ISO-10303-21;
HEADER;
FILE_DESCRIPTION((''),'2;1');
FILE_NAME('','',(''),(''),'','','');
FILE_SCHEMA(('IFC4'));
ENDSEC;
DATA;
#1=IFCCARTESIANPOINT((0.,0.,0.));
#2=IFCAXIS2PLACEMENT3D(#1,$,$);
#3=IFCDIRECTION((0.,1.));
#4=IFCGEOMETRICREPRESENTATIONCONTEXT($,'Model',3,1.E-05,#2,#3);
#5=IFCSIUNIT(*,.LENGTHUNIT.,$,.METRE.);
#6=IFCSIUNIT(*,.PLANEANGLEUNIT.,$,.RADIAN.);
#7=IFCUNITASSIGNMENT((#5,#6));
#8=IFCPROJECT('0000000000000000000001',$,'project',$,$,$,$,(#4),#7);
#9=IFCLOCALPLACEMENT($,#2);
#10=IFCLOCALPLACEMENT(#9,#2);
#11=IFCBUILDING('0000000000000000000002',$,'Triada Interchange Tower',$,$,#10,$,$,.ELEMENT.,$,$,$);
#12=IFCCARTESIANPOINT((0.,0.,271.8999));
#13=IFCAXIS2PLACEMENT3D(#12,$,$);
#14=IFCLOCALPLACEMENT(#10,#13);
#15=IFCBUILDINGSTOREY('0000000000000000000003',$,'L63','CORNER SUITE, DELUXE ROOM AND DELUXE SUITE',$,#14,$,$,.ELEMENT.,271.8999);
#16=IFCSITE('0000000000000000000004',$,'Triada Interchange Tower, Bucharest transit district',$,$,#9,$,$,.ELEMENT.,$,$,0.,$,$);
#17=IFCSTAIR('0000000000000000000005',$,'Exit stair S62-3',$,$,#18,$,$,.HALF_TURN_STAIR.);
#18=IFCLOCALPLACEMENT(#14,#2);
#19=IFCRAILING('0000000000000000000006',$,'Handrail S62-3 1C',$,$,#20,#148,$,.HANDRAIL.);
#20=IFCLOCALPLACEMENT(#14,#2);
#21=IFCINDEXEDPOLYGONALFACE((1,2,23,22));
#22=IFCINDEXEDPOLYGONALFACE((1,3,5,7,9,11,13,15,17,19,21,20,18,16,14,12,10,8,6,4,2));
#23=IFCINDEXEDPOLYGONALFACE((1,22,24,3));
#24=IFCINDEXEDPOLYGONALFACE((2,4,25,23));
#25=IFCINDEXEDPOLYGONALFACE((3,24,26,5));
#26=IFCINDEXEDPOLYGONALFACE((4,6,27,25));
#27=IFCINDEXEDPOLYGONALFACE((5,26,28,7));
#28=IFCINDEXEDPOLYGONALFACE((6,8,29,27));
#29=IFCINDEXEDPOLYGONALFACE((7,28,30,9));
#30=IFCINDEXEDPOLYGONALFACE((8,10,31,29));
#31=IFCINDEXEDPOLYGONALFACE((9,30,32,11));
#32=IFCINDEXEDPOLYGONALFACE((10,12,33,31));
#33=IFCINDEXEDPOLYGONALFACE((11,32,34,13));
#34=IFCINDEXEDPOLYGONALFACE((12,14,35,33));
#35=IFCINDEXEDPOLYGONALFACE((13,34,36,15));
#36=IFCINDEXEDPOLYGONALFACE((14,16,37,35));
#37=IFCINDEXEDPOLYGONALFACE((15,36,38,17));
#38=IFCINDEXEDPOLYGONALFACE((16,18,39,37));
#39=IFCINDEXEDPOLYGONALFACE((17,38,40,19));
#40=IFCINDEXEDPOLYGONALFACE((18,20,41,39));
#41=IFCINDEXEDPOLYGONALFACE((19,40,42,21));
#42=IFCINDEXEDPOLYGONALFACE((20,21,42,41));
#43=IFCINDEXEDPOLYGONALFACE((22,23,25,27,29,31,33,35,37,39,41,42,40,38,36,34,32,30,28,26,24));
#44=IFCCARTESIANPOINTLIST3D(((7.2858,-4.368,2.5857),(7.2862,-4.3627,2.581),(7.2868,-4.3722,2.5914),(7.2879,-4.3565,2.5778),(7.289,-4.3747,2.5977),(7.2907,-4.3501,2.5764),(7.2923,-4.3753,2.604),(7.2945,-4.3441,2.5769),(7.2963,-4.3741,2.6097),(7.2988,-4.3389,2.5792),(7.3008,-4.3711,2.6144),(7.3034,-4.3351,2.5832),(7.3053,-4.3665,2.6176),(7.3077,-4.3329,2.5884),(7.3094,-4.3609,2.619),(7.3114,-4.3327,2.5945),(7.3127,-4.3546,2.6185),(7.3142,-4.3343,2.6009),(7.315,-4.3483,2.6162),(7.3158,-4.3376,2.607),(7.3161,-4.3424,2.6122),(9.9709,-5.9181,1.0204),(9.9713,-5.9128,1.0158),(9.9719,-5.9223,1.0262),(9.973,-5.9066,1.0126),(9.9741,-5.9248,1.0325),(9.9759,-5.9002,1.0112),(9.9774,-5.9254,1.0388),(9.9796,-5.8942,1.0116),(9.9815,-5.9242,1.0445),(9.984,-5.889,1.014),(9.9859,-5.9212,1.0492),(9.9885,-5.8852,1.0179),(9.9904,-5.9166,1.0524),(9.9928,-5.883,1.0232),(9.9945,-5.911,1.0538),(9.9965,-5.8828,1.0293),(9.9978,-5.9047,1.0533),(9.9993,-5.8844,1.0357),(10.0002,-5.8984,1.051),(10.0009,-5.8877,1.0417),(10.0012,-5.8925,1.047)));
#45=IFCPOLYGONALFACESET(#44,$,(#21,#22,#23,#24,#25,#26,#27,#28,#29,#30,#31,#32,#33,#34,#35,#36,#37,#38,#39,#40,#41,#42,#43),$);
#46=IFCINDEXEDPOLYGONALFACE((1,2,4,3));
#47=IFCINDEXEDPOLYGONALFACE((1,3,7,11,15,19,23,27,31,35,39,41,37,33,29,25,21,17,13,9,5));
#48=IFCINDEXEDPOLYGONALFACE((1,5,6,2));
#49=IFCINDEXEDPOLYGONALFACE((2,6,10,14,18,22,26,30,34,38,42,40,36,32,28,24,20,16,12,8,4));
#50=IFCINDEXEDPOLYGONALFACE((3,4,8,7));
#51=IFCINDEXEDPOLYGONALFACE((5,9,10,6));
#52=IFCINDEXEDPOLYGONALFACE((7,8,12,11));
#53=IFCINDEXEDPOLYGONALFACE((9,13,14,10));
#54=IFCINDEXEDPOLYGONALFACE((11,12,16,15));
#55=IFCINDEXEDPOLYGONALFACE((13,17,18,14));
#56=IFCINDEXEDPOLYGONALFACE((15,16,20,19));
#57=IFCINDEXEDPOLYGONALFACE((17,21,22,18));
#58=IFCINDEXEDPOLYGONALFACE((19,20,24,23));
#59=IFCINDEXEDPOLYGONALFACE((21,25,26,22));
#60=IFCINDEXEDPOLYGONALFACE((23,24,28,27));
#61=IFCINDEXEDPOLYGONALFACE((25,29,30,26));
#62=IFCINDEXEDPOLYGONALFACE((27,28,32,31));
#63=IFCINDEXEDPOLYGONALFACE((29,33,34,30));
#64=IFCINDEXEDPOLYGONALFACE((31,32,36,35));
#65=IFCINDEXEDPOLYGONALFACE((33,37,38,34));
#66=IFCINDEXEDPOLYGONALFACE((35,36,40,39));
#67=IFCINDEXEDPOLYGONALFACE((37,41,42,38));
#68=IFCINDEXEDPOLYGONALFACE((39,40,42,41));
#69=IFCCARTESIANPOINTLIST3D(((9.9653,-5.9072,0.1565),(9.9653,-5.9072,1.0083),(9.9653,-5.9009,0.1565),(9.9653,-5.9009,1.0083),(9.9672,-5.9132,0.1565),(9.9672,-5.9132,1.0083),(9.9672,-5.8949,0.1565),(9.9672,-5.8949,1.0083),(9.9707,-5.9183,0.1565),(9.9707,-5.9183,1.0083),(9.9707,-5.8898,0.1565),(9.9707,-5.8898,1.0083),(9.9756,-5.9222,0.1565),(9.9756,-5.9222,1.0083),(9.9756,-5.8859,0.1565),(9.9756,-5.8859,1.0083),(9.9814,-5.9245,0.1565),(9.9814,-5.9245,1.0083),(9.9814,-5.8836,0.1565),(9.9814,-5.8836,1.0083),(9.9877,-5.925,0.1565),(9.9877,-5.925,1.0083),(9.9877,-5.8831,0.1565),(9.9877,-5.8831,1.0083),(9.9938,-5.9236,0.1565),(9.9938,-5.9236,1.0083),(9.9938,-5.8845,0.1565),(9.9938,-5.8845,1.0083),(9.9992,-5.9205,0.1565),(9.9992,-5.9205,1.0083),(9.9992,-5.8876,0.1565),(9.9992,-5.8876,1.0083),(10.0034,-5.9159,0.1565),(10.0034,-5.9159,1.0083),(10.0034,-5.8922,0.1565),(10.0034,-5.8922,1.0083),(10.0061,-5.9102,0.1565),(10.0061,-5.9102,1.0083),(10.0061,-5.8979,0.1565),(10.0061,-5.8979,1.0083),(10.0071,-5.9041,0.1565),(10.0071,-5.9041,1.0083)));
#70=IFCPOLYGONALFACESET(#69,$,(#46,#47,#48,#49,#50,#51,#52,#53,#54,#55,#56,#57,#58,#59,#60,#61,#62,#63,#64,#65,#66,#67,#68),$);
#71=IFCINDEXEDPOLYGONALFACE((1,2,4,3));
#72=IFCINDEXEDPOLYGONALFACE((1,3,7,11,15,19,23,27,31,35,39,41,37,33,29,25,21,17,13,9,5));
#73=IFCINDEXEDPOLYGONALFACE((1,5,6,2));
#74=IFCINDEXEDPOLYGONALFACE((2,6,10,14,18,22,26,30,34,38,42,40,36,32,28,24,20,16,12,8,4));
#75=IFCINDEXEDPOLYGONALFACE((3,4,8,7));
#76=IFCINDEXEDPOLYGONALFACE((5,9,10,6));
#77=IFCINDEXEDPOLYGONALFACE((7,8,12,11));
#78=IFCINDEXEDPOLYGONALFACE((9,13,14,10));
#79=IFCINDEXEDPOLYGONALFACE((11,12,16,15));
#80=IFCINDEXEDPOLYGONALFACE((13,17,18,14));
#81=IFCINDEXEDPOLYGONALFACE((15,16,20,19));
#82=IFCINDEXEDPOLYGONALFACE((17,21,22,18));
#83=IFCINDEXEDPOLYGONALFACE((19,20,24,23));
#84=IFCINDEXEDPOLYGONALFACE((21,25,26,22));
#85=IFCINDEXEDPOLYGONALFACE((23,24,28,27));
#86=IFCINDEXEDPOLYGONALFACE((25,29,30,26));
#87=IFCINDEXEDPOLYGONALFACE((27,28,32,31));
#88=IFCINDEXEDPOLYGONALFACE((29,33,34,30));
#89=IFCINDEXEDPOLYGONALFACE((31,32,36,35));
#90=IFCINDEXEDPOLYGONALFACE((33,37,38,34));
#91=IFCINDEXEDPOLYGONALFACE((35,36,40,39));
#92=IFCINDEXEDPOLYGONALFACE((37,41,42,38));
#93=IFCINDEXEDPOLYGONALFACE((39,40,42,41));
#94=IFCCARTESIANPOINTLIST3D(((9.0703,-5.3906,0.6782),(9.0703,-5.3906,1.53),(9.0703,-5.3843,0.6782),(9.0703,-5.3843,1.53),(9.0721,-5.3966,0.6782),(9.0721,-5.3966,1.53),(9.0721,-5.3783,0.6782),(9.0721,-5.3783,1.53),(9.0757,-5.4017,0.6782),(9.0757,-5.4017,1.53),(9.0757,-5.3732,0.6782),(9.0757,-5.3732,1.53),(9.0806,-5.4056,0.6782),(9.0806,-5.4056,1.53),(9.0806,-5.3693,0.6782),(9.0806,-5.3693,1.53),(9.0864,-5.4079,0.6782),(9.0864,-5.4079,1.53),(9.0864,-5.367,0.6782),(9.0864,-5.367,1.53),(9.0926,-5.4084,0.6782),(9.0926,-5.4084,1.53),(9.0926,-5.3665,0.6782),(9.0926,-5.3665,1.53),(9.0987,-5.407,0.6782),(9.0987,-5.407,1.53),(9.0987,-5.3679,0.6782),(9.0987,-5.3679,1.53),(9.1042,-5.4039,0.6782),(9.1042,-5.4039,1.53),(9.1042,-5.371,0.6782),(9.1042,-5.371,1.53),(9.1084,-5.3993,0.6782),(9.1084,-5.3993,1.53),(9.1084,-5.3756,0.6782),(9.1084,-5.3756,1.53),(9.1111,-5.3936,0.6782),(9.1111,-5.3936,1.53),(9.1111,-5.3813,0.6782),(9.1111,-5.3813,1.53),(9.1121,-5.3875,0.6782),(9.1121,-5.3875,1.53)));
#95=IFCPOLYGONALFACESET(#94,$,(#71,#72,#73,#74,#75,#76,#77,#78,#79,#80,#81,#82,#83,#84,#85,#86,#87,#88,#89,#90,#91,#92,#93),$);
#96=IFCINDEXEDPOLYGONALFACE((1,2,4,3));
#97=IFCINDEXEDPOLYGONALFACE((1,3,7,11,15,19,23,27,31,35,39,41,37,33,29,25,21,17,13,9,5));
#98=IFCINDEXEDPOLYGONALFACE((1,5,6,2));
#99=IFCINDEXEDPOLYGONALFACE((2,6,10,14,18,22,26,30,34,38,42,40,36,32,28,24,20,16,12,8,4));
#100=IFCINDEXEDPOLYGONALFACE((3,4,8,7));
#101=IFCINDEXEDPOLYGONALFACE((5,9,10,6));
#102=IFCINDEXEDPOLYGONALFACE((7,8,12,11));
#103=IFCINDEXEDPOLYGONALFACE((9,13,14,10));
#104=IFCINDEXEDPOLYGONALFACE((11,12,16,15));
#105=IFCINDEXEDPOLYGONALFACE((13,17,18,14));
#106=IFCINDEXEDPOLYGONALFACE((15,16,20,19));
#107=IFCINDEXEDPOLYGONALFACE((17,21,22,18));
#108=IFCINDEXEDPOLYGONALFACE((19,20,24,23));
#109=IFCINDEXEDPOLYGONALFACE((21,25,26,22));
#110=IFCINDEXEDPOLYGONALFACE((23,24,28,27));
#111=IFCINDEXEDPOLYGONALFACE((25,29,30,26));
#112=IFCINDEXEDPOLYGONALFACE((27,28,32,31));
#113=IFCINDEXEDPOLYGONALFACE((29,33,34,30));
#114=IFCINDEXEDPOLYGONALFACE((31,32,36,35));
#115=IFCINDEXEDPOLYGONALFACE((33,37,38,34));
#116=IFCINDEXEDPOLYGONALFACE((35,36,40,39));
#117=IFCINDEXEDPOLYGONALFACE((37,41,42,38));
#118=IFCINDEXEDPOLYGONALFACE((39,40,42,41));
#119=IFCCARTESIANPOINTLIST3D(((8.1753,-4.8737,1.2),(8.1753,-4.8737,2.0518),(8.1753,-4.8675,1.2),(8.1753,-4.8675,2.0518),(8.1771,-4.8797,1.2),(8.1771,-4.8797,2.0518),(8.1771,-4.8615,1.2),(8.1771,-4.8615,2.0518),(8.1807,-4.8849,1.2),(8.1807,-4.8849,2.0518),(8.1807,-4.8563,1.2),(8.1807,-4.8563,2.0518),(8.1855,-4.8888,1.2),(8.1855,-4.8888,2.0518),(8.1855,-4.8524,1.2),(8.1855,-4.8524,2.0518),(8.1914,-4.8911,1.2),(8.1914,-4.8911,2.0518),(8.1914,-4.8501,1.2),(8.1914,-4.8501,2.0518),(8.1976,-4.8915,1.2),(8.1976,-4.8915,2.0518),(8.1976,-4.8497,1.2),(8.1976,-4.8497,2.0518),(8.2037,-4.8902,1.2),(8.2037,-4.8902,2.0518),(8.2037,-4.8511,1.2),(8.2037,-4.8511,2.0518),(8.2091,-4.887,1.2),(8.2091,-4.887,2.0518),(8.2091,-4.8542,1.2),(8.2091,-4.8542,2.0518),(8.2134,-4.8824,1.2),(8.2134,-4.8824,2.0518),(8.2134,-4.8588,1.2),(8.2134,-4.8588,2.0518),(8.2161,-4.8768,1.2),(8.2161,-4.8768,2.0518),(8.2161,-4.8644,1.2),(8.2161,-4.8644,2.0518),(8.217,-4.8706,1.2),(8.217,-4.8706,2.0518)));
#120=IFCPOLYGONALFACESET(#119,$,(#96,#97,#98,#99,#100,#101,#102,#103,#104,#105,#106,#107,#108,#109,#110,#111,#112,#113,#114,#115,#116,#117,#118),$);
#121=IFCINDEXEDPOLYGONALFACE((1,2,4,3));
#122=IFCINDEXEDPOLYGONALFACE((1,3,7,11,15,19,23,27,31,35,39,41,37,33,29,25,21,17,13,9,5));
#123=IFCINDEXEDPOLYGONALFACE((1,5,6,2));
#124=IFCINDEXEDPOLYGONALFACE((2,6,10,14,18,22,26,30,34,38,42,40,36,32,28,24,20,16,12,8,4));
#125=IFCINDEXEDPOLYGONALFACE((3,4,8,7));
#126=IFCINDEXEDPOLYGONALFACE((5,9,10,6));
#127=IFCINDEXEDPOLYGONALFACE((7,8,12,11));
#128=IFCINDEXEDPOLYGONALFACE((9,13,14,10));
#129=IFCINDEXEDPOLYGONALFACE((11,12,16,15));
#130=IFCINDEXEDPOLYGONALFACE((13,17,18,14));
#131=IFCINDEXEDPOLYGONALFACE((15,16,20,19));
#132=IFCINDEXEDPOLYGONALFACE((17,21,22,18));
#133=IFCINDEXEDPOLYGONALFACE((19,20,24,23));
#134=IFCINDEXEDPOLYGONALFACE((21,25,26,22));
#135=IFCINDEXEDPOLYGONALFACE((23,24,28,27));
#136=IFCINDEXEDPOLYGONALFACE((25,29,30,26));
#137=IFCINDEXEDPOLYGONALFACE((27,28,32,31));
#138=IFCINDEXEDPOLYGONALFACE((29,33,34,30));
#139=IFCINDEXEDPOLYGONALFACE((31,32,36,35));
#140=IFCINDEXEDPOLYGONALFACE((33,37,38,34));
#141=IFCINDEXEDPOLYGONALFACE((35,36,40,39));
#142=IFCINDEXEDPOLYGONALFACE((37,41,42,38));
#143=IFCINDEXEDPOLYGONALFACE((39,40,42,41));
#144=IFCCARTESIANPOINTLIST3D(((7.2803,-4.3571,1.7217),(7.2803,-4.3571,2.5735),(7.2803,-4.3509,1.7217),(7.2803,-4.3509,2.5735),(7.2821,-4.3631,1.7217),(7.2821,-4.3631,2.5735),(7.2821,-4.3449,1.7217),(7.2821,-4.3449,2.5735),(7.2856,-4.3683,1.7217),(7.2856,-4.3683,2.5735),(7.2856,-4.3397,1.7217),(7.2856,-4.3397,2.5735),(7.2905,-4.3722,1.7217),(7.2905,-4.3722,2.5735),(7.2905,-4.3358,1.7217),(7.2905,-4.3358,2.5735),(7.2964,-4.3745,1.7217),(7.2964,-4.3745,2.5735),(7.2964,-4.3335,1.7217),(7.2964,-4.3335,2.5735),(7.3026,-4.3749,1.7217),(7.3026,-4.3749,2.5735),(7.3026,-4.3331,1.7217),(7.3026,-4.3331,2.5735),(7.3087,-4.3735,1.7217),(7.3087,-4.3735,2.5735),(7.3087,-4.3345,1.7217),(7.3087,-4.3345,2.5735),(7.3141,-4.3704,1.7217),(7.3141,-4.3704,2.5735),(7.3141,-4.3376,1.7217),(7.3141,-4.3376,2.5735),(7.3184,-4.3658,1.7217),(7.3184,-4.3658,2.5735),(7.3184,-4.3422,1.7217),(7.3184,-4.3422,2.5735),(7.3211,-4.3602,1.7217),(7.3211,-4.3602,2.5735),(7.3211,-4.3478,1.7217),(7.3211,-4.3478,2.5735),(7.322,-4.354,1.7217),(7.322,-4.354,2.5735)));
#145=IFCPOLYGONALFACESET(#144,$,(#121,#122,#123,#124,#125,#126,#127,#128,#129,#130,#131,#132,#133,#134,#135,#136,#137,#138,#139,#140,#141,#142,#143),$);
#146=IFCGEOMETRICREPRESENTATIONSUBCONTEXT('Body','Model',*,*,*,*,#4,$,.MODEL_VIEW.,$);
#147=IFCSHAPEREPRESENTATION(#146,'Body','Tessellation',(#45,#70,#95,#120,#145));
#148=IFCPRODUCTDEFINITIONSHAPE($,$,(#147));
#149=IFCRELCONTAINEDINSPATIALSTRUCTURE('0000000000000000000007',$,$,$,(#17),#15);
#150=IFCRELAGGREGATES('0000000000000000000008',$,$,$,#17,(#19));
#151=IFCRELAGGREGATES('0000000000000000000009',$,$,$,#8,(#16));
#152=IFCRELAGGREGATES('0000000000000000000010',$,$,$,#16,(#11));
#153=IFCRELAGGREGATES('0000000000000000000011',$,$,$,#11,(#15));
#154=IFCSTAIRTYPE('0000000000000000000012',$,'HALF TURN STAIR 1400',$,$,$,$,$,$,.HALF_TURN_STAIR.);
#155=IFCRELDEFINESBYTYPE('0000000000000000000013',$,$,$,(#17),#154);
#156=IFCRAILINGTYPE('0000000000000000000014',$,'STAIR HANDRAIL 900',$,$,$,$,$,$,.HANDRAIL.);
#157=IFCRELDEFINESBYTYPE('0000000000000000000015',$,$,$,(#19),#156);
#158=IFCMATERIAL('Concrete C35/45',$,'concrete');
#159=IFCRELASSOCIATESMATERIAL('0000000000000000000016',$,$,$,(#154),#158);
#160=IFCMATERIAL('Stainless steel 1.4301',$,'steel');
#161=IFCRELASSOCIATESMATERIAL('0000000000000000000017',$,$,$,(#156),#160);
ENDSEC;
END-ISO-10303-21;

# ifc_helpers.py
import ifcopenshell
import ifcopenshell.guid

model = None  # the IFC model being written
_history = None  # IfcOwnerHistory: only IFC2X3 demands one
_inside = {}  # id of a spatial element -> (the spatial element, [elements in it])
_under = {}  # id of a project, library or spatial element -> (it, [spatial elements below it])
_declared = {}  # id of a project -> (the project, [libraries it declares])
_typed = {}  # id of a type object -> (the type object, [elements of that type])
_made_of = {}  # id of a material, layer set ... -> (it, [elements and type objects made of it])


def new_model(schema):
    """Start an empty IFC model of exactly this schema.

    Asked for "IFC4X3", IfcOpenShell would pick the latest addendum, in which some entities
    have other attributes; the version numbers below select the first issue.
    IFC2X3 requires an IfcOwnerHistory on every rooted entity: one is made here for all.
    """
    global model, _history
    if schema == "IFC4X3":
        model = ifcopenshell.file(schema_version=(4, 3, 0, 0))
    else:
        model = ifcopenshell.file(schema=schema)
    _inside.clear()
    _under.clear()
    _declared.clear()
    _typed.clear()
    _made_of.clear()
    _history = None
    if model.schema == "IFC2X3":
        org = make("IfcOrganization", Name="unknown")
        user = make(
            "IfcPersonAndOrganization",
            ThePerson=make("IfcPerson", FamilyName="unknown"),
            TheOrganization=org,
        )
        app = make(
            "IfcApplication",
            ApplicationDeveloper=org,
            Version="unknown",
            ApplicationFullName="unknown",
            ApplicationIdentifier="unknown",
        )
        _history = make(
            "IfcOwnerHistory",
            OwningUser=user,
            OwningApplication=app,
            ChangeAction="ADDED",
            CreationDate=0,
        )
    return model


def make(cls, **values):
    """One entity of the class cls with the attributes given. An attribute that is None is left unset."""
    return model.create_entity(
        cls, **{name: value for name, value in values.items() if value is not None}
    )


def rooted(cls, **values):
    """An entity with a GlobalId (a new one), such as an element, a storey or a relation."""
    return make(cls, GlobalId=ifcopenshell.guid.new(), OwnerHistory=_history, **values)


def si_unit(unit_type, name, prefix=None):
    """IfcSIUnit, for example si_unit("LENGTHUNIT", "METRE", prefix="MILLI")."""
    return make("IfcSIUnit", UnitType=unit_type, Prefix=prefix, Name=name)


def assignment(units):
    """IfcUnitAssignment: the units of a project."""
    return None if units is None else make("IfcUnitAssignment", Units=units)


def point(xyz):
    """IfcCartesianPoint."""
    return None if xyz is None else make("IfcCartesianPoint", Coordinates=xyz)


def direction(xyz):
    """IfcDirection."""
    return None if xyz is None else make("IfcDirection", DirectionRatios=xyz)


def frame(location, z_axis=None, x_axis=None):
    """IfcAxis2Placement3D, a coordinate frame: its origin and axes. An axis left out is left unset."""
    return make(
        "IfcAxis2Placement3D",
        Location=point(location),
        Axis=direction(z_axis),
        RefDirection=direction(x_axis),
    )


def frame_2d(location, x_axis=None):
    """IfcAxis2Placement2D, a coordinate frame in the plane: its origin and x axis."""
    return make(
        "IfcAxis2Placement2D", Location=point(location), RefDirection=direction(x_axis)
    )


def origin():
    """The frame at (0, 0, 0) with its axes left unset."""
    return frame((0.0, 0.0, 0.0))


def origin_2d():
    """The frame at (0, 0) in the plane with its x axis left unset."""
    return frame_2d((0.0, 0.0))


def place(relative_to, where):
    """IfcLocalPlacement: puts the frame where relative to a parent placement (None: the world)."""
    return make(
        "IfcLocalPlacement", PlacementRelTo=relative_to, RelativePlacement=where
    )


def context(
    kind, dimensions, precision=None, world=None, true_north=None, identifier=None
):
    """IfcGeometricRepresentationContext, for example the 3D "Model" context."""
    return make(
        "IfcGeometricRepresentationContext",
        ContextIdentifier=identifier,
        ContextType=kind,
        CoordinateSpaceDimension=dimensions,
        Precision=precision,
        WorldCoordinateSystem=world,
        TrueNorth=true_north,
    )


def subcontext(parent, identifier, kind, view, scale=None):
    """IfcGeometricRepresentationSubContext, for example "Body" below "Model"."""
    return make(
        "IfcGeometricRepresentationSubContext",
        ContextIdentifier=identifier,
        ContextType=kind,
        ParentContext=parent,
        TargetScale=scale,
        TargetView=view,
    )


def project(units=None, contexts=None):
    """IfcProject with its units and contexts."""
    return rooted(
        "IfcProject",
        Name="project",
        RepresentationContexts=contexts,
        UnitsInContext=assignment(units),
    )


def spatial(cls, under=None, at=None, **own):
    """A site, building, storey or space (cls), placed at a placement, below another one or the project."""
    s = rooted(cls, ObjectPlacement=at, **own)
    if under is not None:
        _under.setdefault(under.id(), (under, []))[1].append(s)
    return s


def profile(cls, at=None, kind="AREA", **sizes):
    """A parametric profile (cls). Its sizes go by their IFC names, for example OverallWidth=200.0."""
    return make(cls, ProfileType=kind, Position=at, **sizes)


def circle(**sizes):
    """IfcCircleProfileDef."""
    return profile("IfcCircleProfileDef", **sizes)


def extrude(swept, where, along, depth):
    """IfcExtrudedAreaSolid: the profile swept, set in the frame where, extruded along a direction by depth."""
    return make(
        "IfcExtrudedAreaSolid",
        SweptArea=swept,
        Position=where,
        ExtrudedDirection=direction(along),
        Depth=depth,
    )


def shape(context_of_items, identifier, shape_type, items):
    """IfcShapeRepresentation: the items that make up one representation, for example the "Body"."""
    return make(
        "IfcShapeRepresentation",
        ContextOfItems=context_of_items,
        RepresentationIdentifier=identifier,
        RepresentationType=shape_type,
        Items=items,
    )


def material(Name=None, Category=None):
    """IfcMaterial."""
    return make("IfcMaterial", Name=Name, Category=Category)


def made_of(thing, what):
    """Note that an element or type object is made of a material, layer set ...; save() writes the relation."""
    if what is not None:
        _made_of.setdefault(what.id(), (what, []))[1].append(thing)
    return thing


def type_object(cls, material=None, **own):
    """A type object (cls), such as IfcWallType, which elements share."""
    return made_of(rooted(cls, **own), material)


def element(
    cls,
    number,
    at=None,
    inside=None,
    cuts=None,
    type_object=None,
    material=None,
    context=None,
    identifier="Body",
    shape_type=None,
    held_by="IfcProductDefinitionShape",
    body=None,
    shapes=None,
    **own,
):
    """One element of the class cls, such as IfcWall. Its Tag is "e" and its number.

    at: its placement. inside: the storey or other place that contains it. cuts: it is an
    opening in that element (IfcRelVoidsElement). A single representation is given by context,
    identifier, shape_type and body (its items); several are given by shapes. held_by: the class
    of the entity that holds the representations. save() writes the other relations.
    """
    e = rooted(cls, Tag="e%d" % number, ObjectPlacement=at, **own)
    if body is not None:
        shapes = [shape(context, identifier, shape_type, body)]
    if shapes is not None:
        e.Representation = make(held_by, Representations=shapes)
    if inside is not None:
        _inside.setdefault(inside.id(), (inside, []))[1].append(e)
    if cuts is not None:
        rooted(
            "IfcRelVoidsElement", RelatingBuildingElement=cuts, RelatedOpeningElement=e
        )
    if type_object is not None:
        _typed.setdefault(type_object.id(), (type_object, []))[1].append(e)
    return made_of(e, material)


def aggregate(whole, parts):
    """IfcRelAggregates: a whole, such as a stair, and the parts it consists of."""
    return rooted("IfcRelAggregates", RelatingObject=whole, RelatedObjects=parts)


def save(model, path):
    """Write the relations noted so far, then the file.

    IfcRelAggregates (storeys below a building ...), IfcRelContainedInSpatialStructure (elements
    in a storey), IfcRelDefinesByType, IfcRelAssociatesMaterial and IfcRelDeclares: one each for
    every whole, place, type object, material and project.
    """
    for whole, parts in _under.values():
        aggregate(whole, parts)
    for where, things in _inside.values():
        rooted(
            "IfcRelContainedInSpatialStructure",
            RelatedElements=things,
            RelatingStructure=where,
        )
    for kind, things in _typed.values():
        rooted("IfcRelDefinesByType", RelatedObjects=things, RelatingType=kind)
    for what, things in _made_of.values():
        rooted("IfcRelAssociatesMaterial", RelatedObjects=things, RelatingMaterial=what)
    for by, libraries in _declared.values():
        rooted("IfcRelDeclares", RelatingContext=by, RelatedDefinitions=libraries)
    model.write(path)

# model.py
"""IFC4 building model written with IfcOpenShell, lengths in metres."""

from ifc_helpers import new_model, si_unit, direction, frame, origin, origin_2d, place, context, subcontext, project, spatial, circle, extrude, material, type_object, element, aggregate, save


model = new_model("IFC4")

# Units and contexts
model_context = context("Model", 3, precision=1e-05, world=origin(), true_north=direction((0.0, 1.0)))
body_context = subcontext(model_context, "Body", "Model", "MODEL_VIEW")
ifc_project = project(units=[si_unit("LENGTHUNIT", "METRE"), si_unit("PLANEANGLEUNIT", "RADIAN")], contexts=[model_context])

# Site, building, storey
site_placement = place(None, origin())
site = spatial("IfcSite", under=ifc_project, at=site_placement, Name="Triada Interchange Tower, Bucharest transit district", CompositionType="ELEMENT", RefElevation=0.0)
building_placement = place(site_placement, origin())
building = spatial("IfcBuilding", under=site, at=building_placement, Name="Triada Interchange Tower", CompositionType="ELEMENT")
storey_placement = place(building_placement, frame((0.0, 0.0, 271.8999)))
storey = spatial("IfcBuildingStorey", under=building, at=storey_placement, Name="L63", Description="CORNER SUITE, DELUXE ROOM AND DELUXE SUITE", CompositionType="ELEMENT", Elevation=271.8999)

# Stair, railing
ifc_material_1 = material(Name="Concrete C35/45", Category="concrete")
stair_type = type_object("IfcStairType", Name="HALF TURN STAIR 1400", PredefinedType="HALF_TURN_STAIR", material=ifc_material_1)
stair_placement = place(storey_placement, origin())
stair = element("IfcStair", 1, at=stair_placement, inside=storey, type_object=stair_type, Name="Exit stair S62-3", PredefinedType="HALF_TURN_STAIR")
ifc_material_2 = material(Name="Stainless steel 1.4301", Category="steel")
railing_type = type_object("IfcRailingType", Name="STAIR HANDRAIL 900", PredefinedType="HANDRAIL", material=ifc_material_2)
railing_1_placement = place(storey_placement, frame((9.9861, -5.9041, 0.1565)))
railing_1 = element("IfcRailing", 2, at=railing_1_placement, type_object=railing_type, Name="Handrail S62-3 1C", PredefinedType="HANDRAIL", context=body_context, shape_type="SweptSolid", body=[
    extrude(circle(Radius=0.0239, at=origin_2d()), frame((0.0, 0.0, 0.876), z_axis=(-0.773115, 0.446309, 0.450667), x_axis=(-0.499959, -0.866049, 0.0)), (0.0, 0.0, 1.0), 3.4731),
    extrude(circle(Radius=0.021, at=origin_2d()), origin(), (0.0, 0.0, 1.0), 0.8518),
    extrude(circle(Radius=0.021, at=origin_2d()), frame((-0.895, 0.5166, 0.5217)), (0.0, 0.0, 1.0), 0.8518),
    extrude(circle(Radius=0.021, at=origin_2d()), frame((-1.79, 1.0334, 1.0435)), (0.0, 0.0, 1.0), 0.8518),
    extrude(circle(Radius=0.021, at=origin_2d()), frame((-2.6851, 1.55, 1.5652)), (0.0, 0.0, 1.0), 0.8518),
])
aggregate(stair, [railing_1])

save(model, "model.ifc")
